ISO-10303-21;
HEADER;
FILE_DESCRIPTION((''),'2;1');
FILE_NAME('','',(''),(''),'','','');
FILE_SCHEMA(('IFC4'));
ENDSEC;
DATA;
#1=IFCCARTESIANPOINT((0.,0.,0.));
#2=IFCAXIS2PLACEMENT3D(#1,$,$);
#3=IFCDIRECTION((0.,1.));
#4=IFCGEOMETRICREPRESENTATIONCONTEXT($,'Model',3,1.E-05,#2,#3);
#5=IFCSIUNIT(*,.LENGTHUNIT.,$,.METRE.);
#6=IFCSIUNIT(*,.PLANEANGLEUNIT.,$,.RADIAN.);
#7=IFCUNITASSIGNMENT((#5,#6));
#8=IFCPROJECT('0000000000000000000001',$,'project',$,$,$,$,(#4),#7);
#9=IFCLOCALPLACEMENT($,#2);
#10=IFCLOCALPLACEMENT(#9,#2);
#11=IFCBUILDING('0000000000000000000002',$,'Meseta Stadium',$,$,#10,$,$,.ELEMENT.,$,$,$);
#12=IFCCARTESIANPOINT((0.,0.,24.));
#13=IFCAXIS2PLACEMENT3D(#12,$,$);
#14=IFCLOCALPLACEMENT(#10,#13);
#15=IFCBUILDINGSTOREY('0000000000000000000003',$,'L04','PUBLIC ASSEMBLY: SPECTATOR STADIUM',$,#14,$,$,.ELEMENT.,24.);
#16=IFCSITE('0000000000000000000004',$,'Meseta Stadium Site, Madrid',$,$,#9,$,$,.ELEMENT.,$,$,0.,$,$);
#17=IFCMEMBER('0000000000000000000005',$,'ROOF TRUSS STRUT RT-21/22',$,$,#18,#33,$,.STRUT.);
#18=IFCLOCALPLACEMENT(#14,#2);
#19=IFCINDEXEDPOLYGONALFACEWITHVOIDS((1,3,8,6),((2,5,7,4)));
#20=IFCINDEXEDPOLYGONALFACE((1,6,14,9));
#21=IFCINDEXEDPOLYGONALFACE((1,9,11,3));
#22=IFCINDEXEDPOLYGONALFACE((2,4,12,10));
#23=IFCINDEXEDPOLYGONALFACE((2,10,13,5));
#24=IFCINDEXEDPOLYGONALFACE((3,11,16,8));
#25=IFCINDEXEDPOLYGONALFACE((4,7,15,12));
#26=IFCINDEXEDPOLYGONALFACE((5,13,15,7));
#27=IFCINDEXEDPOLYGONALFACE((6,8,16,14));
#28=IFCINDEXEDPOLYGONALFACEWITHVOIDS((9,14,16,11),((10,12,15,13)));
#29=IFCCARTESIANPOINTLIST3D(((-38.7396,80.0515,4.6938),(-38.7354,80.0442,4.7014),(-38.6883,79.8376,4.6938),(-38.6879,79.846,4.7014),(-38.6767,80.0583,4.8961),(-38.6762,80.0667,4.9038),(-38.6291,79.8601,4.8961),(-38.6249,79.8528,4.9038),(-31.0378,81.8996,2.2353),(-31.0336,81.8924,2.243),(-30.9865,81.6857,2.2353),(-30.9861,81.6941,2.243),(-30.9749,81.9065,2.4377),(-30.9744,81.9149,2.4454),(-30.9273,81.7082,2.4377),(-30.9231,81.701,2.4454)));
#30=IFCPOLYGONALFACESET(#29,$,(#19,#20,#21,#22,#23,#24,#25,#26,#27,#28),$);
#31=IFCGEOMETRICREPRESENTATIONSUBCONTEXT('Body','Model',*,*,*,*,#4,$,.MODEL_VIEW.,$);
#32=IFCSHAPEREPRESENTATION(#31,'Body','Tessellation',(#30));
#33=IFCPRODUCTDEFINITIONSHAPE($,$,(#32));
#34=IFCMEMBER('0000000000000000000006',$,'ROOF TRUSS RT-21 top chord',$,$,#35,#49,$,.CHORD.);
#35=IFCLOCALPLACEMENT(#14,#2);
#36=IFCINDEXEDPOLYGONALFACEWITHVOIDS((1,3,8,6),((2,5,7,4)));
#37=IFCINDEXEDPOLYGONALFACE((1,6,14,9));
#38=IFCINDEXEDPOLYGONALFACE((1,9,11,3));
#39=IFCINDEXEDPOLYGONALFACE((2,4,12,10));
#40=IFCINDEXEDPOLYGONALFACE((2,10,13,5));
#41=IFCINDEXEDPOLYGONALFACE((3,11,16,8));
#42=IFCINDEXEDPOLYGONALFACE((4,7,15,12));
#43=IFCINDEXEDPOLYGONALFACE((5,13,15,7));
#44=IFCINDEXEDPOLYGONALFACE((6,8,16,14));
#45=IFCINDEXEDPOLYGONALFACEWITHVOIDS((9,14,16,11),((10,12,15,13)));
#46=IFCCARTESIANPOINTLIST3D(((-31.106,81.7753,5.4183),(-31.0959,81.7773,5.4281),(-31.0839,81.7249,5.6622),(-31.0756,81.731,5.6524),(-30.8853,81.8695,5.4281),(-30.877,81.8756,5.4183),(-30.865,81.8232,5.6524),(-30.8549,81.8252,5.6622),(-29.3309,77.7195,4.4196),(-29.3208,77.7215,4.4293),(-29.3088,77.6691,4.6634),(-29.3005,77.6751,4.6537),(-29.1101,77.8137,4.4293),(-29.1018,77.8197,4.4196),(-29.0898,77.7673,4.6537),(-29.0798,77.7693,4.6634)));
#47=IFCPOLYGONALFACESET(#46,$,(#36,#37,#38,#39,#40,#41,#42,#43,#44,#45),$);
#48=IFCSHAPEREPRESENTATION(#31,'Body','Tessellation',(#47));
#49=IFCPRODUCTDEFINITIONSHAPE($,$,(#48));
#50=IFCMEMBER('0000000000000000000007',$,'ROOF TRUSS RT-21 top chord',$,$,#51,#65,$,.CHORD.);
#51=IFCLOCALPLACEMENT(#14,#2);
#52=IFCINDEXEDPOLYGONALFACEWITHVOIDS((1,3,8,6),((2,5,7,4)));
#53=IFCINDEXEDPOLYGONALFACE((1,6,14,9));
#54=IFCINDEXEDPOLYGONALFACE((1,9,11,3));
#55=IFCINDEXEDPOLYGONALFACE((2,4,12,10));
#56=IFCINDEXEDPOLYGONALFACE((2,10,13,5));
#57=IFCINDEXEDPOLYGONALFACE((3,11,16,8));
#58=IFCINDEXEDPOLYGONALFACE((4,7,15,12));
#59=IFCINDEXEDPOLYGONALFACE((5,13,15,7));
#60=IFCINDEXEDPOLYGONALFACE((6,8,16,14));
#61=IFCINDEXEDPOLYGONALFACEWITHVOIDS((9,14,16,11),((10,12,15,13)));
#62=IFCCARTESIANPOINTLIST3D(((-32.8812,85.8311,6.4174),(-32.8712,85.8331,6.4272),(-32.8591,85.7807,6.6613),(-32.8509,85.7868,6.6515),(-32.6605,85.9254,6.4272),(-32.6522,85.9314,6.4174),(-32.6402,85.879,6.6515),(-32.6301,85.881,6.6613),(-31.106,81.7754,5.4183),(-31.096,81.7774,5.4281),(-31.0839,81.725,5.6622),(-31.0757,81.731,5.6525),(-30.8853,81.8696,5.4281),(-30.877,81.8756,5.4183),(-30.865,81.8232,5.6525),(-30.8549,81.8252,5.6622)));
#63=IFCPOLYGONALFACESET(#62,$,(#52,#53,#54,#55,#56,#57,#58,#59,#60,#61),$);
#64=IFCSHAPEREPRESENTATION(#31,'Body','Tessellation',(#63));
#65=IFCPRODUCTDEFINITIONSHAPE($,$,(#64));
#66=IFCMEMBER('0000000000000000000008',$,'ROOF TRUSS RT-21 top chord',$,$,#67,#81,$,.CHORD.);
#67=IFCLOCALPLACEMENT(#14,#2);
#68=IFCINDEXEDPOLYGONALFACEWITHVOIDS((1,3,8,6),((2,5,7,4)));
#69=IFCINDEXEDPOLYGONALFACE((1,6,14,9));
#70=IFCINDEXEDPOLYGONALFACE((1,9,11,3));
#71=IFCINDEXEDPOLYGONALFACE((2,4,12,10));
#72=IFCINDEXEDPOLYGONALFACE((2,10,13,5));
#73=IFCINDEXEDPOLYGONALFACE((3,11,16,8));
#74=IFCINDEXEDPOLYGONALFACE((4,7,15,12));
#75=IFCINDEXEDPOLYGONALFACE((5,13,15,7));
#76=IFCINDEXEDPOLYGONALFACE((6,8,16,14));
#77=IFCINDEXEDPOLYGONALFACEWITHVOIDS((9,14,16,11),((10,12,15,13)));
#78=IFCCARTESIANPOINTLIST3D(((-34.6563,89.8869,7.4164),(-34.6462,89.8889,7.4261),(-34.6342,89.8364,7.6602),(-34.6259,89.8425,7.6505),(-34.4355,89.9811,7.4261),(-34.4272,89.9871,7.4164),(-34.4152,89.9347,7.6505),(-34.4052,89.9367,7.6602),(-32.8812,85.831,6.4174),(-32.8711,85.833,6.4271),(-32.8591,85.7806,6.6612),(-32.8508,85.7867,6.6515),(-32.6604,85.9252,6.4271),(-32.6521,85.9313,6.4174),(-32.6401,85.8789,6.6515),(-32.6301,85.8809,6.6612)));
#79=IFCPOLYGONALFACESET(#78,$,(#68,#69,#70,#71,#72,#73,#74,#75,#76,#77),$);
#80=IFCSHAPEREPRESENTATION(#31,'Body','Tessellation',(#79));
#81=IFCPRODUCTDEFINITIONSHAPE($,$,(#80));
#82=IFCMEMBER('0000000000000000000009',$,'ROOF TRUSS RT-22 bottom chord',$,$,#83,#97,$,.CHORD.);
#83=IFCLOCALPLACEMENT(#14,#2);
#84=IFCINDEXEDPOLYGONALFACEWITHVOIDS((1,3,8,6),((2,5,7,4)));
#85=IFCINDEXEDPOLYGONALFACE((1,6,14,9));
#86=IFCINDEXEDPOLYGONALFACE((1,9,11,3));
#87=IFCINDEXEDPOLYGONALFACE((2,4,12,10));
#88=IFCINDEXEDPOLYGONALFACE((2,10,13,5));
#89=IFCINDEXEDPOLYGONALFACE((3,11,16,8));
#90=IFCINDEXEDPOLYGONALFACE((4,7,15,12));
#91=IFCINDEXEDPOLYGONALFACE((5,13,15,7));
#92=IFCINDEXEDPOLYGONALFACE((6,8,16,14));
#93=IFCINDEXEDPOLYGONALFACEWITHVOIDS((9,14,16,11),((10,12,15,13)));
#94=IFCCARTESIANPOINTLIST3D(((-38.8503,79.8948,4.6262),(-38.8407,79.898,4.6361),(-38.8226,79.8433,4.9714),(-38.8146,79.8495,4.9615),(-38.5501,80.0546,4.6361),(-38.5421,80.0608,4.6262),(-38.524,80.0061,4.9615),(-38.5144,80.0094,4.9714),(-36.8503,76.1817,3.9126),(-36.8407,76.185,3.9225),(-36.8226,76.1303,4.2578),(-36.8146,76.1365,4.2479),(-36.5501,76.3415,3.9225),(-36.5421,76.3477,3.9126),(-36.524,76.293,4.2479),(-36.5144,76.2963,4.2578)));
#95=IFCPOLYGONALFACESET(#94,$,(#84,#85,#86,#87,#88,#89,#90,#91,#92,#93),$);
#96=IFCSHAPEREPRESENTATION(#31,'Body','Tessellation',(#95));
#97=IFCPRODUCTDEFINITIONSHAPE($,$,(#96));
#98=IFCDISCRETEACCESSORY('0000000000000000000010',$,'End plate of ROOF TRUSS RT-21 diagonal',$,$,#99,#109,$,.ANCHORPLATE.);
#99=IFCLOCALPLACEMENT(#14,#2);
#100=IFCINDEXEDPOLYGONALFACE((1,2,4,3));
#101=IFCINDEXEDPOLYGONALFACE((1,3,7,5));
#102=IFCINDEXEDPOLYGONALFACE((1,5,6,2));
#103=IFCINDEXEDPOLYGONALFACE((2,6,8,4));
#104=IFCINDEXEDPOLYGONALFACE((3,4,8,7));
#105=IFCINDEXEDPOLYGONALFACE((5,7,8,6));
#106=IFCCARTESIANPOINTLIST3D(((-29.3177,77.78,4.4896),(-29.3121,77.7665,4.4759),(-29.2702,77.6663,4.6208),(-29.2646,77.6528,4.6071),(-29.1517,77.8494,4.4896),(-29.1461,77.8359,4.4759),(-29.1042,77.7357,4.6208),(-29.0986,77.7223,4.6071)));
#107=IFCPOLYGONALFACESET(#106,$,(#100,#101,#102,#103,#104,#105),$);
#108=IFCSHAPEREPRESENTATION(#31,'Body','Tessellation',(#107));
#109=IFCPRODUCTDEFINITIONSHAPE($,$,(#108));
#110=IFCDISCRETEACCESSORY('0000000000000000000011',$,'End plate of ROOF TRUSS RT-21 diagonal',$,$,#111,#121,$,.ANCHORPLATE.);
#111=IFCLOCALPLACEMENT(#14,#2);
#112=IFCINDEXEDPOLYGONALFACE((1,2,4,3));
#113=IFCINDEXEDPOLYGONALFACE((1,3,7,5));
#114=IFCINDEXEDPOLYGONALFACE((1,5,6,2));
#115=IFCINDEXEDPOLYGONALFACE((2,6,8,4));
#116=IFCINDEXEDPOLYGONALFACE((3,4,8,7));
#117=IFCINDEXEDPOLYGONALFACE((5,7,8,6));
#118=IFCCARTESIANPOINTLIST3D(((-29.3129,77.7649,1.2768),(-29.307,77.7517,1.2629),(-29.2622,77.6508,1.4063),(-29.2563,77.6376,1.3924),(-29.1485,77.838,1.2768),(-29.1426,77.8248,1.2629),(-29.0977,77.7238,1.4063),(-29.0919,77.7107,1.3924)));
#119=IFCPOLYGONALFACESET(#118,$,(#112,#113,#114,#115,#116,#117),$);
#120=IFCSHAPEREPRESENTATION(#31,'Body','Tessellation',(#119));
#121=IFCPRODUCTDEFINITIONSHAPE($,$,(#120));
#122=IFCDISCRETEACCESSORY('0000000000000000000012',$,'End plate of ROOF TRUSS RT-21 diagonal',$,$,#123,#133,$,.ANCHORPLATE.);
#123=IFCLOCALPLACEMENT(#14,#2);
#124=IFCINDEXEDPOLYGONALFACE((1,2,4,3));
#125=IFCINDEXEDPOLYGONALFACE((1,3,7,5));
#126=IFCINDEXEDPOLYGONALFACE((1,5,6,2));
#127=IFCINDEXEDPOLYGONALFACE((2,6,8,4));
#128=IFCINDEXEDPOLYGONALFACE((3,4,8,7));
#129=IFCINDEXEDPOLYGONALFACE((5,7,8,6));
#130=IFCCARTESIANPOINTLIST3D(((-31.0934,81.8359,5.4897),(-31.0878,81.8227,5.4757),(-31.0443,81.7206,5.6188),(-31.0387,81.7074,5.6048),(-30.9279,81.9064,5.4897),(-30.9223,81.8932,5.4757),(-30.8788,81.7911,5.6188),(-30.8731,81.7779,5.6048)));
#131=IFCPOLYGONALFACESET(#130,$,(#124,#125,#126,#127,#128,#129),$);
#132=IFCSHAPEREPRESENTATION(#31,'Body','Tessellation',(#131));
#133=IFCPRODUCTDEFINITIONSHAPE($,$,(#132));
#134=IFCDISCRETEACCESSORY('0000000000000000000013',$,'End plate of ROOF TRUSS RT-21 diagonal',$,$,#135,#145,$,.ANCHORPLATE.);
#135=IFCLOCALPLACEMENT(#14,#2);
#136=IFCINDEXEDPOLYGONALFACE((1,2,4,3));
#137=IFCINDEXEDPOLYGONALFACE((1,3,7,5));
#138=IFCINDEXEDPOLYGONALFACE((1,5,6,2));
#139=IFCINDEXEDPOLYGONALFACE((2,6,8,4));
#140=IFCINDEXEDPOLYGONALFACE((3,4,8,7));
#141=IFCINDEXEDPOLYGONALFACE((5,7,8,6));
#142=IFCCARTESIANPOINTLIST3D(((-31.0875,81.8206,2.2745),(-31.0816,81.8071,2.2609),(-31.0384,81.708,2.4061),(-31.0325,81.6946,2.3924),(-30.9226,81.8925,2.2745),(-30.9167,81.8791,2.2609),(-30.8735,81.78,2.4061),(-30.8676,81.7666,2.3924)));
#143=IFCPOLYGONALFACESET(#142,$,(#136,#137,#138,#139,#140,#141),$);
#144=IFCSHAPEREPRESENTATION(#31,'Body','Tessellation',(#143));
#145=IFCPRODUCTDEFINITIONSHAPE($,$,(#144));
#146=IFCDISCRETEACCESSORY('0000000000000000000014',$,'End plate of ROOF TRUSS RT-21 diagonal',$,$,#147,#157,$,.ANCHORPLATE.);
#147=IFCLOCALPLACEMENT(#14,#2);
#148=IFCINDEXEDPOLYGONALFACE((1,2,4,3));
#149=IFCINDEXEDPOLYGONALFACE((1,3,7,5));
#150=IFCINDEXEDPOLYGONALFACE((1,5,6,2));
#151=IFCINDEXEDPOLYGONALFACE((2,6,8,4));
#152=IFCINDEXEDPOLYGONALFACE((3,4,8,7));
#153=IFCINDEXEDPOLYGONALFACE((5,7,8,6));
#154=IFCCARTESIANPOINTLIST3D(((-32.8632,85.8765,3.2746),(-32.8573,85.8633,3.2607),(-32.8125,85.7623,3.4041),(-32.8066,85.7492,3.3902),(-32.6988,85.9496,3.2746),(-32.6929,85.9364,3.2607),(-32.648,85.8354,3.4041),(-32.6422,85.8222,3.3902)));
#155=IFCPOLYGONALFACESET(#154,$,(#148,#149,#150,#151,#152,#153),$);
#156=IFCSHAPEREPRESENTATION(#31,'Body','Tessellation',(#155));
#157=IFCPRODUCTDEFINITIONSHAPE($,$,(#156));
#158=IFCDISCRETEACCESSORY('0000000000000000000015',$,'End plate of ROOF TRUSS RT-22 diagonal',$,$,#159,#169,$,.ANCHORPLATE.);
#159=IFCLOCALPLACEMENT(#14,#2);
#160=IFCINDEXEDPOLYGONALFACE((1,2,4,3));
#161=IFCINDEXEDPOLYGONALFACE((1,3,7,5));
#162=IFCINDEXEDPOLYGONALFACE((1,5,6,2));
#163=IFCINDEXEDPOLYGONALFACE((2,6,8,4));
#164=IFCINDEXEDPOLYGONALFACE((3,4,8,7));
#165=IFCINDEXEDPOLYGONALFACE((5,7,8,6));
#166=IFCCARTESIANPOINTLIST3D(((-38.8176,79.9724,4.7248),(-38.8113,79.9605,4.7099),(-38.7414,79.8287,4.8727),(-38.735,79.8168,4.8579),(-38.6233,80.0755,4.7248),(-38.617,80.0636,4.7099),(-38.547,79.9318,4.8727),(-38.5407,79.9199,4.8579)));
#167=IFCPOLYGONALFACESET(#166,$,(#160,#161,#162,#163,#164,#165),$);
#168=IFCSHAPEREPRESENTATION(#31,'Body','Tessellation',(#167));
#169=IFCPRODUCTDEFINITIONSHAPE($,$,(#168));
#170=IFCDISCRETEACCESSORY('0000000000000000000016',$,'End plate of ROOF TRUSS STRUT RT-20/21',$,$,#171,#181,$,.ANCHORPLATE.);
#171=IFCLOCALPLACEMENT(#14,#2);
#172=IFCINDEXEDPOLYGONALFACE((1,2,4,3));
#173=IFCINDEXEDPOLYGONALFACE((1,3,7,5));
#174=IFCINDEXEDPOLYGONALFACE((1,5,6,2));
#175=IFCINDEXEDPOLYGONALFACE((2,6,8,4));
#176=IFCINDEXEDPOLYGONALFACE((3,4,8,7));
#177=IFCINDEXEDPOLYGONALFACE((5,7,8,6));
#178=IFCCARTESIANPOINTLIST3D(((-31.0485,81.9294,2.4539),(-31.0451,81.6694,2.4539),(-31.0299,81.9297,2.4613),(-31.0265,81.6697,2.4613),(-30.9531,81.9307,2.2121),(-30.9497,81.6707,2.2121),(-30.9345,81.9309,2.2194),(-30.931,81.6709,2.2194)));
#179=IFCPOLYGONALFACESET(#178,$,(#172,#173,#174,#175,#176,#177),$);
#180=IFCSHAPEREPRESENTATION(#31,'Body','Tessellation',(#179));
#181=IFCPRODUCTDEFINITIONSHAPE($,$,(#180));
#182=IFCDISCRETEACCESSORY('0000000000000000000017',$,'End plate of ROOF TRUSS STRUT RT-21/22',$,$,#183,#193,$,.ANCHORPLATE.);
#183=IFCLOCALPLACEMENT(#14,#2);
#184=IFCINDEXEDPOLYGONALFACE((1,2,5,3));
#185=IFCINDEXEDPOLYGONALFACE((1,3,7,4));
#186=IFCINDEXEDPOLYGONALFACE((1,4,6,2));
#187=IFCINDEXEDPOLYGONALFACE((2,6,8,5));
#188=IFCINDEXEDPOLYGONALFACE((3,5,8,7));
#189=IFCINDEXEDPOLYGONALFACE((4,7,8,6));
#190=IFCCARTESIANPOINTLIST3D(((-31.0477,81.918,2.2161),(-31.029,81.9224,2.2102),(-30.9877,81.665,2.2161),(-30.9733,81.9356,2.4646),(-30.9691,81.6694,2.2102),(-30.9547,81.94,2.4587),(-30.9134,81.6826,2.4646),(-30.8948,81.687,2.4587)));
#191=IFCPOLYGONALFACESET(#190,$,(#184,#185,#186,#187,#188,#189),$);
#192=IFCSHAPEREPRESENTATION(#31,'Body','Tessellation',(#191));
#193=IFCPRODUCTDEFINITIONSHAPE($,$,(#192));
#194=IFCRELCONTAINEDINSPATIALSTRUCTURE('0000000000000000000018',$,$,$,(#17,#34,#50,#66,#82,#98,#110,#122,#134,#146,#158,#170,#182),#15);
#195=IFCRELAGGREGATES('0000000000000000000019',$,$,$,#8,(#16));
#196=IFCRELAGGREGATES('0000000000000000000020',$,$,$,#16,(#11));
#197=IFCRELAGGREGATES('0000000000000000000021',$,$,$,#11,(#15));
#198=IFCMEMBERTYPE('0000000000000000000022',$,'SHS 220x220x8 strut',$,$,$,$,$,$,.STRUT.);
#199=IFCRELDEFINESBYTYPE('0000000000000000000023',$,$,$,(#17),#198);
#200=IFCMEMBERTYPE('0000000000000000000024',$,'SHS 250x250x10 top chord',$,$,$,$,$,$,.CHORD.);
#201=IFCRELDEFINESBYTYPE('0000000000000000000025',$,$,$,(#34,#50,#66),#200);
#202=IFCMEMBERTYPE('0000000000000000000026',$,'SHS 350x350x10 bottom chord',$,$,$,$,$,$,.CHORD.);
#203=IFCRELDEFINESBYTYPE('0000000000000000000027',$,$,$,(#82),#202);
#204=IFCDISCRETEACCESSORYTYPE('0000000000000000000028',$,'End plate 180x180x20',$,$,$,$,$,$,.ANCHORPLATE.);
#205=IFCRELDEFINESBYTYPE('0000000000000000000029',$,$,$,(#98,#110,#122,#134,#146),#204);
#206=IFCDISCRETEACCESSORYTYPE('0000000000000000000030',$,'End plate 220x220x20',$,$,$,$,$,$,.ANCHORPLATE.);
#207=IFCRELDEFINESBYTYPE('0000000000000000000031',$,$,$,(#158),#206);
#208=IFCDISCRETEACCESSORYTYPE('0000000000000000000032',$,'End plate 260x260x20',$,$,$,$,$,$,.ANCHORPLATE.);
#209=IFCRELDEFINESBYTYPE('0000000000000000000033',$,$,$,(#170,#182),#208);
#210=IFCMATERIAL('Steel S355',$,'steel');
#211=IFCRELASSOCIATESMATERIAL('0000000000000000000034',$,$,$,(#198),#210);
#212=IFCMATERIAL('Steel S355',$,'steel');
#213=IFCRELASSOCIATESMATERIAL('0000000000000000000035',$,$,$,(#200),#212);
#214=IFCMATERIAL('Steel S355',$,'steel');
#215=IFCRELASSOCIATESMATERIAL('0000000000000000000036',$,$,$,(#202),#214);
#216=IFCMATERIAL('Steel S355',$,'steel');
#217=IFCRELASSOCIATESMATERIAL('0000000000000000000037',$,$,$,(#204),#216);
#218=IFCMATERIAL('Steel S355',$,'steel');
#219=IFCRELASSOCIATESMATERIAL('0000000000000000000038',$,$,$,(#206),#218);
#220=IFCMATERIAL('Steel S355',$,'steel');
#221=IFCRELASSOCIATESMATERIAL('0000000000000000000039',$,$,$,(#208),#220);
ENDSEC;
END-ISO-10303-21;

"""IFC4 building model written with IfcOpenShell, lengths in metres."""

from ifc_helpers import new_model, si_unit, direction, frame, origin, origin_2d, place, context, subcontext, project, spatial, rectangle, hollow_rectangle, extrude, material, material_profile, profile_set, type_object, element, save


model = new_model("IFC4")

# Units and contexts
model_context = context("Model", 3, precision=1e-05, world=origin(), true_north=direction((0.0, 1.0)))
body_context = subcontext(model_context, "Body", "Model", "MODEL_VIEW")
ifc_project = project(units=[si_unit("LENGTHUNIT", "METRE"), si_unit("PLANEANGLEUNIT", "RADIAN")], contexts=[model_context])

# Site, building, storey
site_placement = place(None, origin())
site = spatial("IfcSite", under=ifc_project, at=site_placement, Name="Meseta Stadium Site, Madrid", CompositionType="ELEMENT", RefElevation=0.0)
building_placement = place(site_placement, origin())
building = spatial("IfcBuilding", under=site, at=building_placement, Name="Meseta Stadium", CompositionType="ELEMENT")
storey_placement = place(building_placement, frame((0.0, 0.0, 24.0)))
storey = spatial("IfcBuildingStorey", under=building, at=storey_placement, Name="L04", Description="PUBLIC ASSEMBLY: SPECTATOR STADIUM", CompositionType="ELEMENT", Elevation=24.0)

# Members
ifc_material_1 = material(Name="Steel S355", Category="steel")
ifc_material_profile_1 = material_profile(ifc_material_1, hollow_rectangle(XDim=0.22, YDim=0.22, WallThickness=0.0081, at=origin_2d()), Name="SHS 220x220x8")
ifc_profile_set_1 = profile_set([ifc_material_profile_1], Name="Steel S355")
member_type_1 = type_object("IfcMemberType", Name="SHS 220x220x8 strut", PredefinedType="STRUT", material=ifc_profile_set_1)
member_1_placement = place(storey_placement, frame((-30.9805, 81.8003, 2.3403), z_axis=(-0.928688, -0.222847, 0.296443), x_axis=(0.233336, -0.972396, 0.0)))
element("IfcMember", 1, at=member_1_placement, inside=storey, type_object=member_type_1, Name="ROOF TRUSS STRUT RT-21/22", PredefinedType="STRUT", context=body_context, shape_type="SweptSolid", body=[
    extrude(hollow_rectangle(XDim=0.22, YDim=0.22, WallThickness=0.0081, at=origin_2d()), origin(), (0.0, 0.0, 1.0), 8.2932),
])
ifc_material_2 = material(Name="Steel S355", Category="steel")
ifc_material_profile_2 = material_profile(ifc_material_2, hollow_rectangle(XDim=0.25, YDim=0.25, WallThickness=0.01, at=origin_2d()), Name="SHS 250x250x10")
ifc_profile_set_2 = profile_set([ifc_material_profile_2], Name="Steel S355")
member_type_2 = type_object("IfcMemberType", Name="SHS 250x250x10 top chord", PredefinedType="CHORD", material=ifc_profile_set_2)
for number, where, z_axis, x_axis, name in (
    (2, (-29.2053, 77.7444, 4.5415), (-0.39112, 0.893643, 0.220062), (-0.9161, -0.400949, 0.0), "ROOF TRUSS RT-21 top chord"),
    (3, (-30.9805, 81.8003, 5.5403), (-0.391134, 0.893622, 0.220124), (-0.916092, -0.400969, 0.0), "ROOF TRUSS RT-21 top chord"),
    (4, (-32.7556, 85.856, 6.5393), (-0.391115, 0.893632, 0.220113), (-0.9161, -0.400949, 0.0), "ROOF TRUSS RT-21 top chord"),
):
    element("IfcMember", number, at=place(storey_placement, frame(where, z_axis=z_axis, x_axis=x_axis)), inside=storey, type_object=member_type_2, Name=name, PredefinedType="CHORD", context=body_context, shape_type="SweptSolid", body=[
        extrude(hollow_rectangle(XDim=0.25, YDim=0.25, WallThickness=0.01, at=origin_2d()), origin(), (0.0, 0.0, 1.0), 4.5386),
    ])
ifc_material_3 = material(Name="Steel S355", Category="steel")
ifc_material_profile_3 = material_profile(ifc_material_3, hollow_rectangle(XDim=0.3501, YDim=0.3501, WallThickness=0.01, at=origin_2d()), Name="SHS 350x350x10")
ifc_profile_set_3 = profile_set([ifc_material_profile_3], Name="Steel S355")
member_type_3 = type_object("IfcMemberType", Name="SHS 350x350x10 bottom chord", PredefinedType="CHORD", material=ifc_profile_set_3)
member_2_placement = place(storey_placement, frame((-36.6824, 76.239, 4.0852), z_axis=(-0.467568, 0.868071, 0.166834), x_axis=(-0.88041, -0.474214, 0.0)))
element("IfcMember", 5, at=member_2_placement, inside=storey, type_object=member_type_3, Name="ROOF TRUSS RT-22 bottom chord", PredefinedType="CHORD", context=body_context, shape_type="SweptSolid", body=[
    extrude(hollow_rectangle(XDim=0.3501, YDim=0.3501, WallThickness=0.01, at=origin_2d()), origin(), (0.0, 0.0, 1.0), 4.2773),
])

# Discrete accessories
ifc_material_4 = material(Name="Steel S355", Category="steel")
ifc_material_profile_4 = material_profile(ifc_material_4, rectangle(XDim=0.1799, YDim=0.1799, at=origin_2d()), Name="PL 180x180")
ifc_profile_set_4 = profile_set([ifc_material_profile_4], Name="Steel S355")
discrete_accessory_type_1 = type_object("IfcDiscreteAccessoryType", Name="End plate 180x180x20", PredefinedType="ANCHORPLATE", material=ifc_profile_set_4)
for number, where, z_axis, x_axis, name in (
    (6, (-29.2053, 77.7444, 4.5415), (-0.2812, 0.672434, 0.68466), (-0.92258, -0.385806, 0.0), "End plate of ROOF TRUSS RT-21 diagonal"),
    (7, (-29.1995, 77.7312, 1.3276), (-0.292314, 0.657706, 0.694245), (-0.913812, -0.406138, 0.0), "End plate of ROOF TRUSS RT-21 diagonal"),
    (8, (-30.9805, 81.8003, 5.5403), (-0.281116, 0.660011, 0.696678), (-0.920024, -0.391862, 0.0), "End plate of ROOF TRUSS RT-21 diagonal"),
    (9, (-30.9746, 81.7869, 2.3267), (-0.2924, 0.670084, 0.682268), (-0.916539, -0.399944, 0.0), "End plate of ROOF TRUSS RT-21 diagonal"),
    (10, (-32.7498, 85.8428, 3.3254), (-0.292314, 0.657706, 0.694245), (-0.913812, -0.406138, 0.0), "End plate of ROOF TRUSS RT-21 diagonal"),
):
    element("IfcDiscreteAccessory", number, at=place(storey_placement, frame(where, z_axis=z_axis, x_axis=x_axis)), inside=storey, type_object=discrete_accessory_type_1, Name=name, PredefinedType="ANCHORPLATE", context=body_context, shape_type="SweptSolid", body=[
        extrude(rectangle(XDim=0.1799, YDim=0.1799, at=origin_2d()), origin(), (0.0, 0.0, 1.0), 0.02),
    ])
ifc_material_5 = material(Name="Steel S355", Category="steel")
ifc_material_profile_5 = material_profile(ifc_material_5, rectangle(XDim=0.22, YDim=0.22, at=origin_2d()), Name="PL 220x220")
ifc_profile_set_5 = profile_set([ifc_material_profile_5], Name="Steel S355")
discrete_accessory_type_2 = type_object("IfcDiscreteAccessoryType", Name="End plate 220x220x20", PredefinedType="ANCHORPLATE", material=ifc_profile_set_5)
discrete_accessory_1_placement = place(storey_placement, frame((-38.676, 79.9402, 4.7839), z_axis=(-0.315343, 0.5943, 0.739842), x_axis=(-0.883349, -0.468716, 0.0)))
element("IfcDiscreteAccessory", 11, at=discrete_accessory_1_placement, inside=storey, type_object=discrete_accessory_type_2, Name="End plate of ROOF TRUSS RT-22 diagonal", PredefinedType="ANCHORPLATE", context=body_context, shape_type="SweptSolid", body=[
    extrude(rectangle(XDim=0.22, YDim=0.22, at=origin_2d()), origin(), (0.0, 0.0, 1.0), 0.02),
])
ifc_material_6 = material(Name="Steel S355", Category="steel")
ifc_material_profile_6 = material_profile(ifc_material_6, rectangle(XDim=0.26, YDim=0.26, at=origin_2d()), Name="PL 260x260")
ifc_profile_set_6 = profile_set([ifc_material_profile_6], Name="Steel S355")
discrete_accessory_type_3 = type_object("IfcDiscreteAccessoryType", Name="End plate 260x260x20", PredefinedType="ANCHORPLATE", material=ifc_profile_set_6)
for number, where, z_axis, x_axis, name in (
    (12, (-30.9805, 81.8003, 2.3403), (-0.930086, -0.012238, -0.367139), (0.013157, -0.999913, 0.0), "End plate of ROOF TRUSS STRUT RT-20/21"),
    (13, (-30.9619, 81.8047, 2.3345), (-0.930155, -0.2203, 0.293733), (0.230466, -0.97308, 0.0), "End plate of ROOF TRUSS STRUT RT-21/22"),
):
    element("IfcDiscreteAccessory", number, at=place(storey_placement, frame(where, z_axis=z_axis, x_axis=x_axis)), inside=storey, type_object=discrete_accessory_type_3, Name=name, PredefinedType="ANCHORPLATE", context=body_context, shape_type="SweptSolid", body=[
        extrude(rectangle(XDim=0.26, YDim=0.26, at=origin_2d()), origin(), (0.0, 0.0, 1.0), 0.02),
    ])

save(model, "model.ifc")
